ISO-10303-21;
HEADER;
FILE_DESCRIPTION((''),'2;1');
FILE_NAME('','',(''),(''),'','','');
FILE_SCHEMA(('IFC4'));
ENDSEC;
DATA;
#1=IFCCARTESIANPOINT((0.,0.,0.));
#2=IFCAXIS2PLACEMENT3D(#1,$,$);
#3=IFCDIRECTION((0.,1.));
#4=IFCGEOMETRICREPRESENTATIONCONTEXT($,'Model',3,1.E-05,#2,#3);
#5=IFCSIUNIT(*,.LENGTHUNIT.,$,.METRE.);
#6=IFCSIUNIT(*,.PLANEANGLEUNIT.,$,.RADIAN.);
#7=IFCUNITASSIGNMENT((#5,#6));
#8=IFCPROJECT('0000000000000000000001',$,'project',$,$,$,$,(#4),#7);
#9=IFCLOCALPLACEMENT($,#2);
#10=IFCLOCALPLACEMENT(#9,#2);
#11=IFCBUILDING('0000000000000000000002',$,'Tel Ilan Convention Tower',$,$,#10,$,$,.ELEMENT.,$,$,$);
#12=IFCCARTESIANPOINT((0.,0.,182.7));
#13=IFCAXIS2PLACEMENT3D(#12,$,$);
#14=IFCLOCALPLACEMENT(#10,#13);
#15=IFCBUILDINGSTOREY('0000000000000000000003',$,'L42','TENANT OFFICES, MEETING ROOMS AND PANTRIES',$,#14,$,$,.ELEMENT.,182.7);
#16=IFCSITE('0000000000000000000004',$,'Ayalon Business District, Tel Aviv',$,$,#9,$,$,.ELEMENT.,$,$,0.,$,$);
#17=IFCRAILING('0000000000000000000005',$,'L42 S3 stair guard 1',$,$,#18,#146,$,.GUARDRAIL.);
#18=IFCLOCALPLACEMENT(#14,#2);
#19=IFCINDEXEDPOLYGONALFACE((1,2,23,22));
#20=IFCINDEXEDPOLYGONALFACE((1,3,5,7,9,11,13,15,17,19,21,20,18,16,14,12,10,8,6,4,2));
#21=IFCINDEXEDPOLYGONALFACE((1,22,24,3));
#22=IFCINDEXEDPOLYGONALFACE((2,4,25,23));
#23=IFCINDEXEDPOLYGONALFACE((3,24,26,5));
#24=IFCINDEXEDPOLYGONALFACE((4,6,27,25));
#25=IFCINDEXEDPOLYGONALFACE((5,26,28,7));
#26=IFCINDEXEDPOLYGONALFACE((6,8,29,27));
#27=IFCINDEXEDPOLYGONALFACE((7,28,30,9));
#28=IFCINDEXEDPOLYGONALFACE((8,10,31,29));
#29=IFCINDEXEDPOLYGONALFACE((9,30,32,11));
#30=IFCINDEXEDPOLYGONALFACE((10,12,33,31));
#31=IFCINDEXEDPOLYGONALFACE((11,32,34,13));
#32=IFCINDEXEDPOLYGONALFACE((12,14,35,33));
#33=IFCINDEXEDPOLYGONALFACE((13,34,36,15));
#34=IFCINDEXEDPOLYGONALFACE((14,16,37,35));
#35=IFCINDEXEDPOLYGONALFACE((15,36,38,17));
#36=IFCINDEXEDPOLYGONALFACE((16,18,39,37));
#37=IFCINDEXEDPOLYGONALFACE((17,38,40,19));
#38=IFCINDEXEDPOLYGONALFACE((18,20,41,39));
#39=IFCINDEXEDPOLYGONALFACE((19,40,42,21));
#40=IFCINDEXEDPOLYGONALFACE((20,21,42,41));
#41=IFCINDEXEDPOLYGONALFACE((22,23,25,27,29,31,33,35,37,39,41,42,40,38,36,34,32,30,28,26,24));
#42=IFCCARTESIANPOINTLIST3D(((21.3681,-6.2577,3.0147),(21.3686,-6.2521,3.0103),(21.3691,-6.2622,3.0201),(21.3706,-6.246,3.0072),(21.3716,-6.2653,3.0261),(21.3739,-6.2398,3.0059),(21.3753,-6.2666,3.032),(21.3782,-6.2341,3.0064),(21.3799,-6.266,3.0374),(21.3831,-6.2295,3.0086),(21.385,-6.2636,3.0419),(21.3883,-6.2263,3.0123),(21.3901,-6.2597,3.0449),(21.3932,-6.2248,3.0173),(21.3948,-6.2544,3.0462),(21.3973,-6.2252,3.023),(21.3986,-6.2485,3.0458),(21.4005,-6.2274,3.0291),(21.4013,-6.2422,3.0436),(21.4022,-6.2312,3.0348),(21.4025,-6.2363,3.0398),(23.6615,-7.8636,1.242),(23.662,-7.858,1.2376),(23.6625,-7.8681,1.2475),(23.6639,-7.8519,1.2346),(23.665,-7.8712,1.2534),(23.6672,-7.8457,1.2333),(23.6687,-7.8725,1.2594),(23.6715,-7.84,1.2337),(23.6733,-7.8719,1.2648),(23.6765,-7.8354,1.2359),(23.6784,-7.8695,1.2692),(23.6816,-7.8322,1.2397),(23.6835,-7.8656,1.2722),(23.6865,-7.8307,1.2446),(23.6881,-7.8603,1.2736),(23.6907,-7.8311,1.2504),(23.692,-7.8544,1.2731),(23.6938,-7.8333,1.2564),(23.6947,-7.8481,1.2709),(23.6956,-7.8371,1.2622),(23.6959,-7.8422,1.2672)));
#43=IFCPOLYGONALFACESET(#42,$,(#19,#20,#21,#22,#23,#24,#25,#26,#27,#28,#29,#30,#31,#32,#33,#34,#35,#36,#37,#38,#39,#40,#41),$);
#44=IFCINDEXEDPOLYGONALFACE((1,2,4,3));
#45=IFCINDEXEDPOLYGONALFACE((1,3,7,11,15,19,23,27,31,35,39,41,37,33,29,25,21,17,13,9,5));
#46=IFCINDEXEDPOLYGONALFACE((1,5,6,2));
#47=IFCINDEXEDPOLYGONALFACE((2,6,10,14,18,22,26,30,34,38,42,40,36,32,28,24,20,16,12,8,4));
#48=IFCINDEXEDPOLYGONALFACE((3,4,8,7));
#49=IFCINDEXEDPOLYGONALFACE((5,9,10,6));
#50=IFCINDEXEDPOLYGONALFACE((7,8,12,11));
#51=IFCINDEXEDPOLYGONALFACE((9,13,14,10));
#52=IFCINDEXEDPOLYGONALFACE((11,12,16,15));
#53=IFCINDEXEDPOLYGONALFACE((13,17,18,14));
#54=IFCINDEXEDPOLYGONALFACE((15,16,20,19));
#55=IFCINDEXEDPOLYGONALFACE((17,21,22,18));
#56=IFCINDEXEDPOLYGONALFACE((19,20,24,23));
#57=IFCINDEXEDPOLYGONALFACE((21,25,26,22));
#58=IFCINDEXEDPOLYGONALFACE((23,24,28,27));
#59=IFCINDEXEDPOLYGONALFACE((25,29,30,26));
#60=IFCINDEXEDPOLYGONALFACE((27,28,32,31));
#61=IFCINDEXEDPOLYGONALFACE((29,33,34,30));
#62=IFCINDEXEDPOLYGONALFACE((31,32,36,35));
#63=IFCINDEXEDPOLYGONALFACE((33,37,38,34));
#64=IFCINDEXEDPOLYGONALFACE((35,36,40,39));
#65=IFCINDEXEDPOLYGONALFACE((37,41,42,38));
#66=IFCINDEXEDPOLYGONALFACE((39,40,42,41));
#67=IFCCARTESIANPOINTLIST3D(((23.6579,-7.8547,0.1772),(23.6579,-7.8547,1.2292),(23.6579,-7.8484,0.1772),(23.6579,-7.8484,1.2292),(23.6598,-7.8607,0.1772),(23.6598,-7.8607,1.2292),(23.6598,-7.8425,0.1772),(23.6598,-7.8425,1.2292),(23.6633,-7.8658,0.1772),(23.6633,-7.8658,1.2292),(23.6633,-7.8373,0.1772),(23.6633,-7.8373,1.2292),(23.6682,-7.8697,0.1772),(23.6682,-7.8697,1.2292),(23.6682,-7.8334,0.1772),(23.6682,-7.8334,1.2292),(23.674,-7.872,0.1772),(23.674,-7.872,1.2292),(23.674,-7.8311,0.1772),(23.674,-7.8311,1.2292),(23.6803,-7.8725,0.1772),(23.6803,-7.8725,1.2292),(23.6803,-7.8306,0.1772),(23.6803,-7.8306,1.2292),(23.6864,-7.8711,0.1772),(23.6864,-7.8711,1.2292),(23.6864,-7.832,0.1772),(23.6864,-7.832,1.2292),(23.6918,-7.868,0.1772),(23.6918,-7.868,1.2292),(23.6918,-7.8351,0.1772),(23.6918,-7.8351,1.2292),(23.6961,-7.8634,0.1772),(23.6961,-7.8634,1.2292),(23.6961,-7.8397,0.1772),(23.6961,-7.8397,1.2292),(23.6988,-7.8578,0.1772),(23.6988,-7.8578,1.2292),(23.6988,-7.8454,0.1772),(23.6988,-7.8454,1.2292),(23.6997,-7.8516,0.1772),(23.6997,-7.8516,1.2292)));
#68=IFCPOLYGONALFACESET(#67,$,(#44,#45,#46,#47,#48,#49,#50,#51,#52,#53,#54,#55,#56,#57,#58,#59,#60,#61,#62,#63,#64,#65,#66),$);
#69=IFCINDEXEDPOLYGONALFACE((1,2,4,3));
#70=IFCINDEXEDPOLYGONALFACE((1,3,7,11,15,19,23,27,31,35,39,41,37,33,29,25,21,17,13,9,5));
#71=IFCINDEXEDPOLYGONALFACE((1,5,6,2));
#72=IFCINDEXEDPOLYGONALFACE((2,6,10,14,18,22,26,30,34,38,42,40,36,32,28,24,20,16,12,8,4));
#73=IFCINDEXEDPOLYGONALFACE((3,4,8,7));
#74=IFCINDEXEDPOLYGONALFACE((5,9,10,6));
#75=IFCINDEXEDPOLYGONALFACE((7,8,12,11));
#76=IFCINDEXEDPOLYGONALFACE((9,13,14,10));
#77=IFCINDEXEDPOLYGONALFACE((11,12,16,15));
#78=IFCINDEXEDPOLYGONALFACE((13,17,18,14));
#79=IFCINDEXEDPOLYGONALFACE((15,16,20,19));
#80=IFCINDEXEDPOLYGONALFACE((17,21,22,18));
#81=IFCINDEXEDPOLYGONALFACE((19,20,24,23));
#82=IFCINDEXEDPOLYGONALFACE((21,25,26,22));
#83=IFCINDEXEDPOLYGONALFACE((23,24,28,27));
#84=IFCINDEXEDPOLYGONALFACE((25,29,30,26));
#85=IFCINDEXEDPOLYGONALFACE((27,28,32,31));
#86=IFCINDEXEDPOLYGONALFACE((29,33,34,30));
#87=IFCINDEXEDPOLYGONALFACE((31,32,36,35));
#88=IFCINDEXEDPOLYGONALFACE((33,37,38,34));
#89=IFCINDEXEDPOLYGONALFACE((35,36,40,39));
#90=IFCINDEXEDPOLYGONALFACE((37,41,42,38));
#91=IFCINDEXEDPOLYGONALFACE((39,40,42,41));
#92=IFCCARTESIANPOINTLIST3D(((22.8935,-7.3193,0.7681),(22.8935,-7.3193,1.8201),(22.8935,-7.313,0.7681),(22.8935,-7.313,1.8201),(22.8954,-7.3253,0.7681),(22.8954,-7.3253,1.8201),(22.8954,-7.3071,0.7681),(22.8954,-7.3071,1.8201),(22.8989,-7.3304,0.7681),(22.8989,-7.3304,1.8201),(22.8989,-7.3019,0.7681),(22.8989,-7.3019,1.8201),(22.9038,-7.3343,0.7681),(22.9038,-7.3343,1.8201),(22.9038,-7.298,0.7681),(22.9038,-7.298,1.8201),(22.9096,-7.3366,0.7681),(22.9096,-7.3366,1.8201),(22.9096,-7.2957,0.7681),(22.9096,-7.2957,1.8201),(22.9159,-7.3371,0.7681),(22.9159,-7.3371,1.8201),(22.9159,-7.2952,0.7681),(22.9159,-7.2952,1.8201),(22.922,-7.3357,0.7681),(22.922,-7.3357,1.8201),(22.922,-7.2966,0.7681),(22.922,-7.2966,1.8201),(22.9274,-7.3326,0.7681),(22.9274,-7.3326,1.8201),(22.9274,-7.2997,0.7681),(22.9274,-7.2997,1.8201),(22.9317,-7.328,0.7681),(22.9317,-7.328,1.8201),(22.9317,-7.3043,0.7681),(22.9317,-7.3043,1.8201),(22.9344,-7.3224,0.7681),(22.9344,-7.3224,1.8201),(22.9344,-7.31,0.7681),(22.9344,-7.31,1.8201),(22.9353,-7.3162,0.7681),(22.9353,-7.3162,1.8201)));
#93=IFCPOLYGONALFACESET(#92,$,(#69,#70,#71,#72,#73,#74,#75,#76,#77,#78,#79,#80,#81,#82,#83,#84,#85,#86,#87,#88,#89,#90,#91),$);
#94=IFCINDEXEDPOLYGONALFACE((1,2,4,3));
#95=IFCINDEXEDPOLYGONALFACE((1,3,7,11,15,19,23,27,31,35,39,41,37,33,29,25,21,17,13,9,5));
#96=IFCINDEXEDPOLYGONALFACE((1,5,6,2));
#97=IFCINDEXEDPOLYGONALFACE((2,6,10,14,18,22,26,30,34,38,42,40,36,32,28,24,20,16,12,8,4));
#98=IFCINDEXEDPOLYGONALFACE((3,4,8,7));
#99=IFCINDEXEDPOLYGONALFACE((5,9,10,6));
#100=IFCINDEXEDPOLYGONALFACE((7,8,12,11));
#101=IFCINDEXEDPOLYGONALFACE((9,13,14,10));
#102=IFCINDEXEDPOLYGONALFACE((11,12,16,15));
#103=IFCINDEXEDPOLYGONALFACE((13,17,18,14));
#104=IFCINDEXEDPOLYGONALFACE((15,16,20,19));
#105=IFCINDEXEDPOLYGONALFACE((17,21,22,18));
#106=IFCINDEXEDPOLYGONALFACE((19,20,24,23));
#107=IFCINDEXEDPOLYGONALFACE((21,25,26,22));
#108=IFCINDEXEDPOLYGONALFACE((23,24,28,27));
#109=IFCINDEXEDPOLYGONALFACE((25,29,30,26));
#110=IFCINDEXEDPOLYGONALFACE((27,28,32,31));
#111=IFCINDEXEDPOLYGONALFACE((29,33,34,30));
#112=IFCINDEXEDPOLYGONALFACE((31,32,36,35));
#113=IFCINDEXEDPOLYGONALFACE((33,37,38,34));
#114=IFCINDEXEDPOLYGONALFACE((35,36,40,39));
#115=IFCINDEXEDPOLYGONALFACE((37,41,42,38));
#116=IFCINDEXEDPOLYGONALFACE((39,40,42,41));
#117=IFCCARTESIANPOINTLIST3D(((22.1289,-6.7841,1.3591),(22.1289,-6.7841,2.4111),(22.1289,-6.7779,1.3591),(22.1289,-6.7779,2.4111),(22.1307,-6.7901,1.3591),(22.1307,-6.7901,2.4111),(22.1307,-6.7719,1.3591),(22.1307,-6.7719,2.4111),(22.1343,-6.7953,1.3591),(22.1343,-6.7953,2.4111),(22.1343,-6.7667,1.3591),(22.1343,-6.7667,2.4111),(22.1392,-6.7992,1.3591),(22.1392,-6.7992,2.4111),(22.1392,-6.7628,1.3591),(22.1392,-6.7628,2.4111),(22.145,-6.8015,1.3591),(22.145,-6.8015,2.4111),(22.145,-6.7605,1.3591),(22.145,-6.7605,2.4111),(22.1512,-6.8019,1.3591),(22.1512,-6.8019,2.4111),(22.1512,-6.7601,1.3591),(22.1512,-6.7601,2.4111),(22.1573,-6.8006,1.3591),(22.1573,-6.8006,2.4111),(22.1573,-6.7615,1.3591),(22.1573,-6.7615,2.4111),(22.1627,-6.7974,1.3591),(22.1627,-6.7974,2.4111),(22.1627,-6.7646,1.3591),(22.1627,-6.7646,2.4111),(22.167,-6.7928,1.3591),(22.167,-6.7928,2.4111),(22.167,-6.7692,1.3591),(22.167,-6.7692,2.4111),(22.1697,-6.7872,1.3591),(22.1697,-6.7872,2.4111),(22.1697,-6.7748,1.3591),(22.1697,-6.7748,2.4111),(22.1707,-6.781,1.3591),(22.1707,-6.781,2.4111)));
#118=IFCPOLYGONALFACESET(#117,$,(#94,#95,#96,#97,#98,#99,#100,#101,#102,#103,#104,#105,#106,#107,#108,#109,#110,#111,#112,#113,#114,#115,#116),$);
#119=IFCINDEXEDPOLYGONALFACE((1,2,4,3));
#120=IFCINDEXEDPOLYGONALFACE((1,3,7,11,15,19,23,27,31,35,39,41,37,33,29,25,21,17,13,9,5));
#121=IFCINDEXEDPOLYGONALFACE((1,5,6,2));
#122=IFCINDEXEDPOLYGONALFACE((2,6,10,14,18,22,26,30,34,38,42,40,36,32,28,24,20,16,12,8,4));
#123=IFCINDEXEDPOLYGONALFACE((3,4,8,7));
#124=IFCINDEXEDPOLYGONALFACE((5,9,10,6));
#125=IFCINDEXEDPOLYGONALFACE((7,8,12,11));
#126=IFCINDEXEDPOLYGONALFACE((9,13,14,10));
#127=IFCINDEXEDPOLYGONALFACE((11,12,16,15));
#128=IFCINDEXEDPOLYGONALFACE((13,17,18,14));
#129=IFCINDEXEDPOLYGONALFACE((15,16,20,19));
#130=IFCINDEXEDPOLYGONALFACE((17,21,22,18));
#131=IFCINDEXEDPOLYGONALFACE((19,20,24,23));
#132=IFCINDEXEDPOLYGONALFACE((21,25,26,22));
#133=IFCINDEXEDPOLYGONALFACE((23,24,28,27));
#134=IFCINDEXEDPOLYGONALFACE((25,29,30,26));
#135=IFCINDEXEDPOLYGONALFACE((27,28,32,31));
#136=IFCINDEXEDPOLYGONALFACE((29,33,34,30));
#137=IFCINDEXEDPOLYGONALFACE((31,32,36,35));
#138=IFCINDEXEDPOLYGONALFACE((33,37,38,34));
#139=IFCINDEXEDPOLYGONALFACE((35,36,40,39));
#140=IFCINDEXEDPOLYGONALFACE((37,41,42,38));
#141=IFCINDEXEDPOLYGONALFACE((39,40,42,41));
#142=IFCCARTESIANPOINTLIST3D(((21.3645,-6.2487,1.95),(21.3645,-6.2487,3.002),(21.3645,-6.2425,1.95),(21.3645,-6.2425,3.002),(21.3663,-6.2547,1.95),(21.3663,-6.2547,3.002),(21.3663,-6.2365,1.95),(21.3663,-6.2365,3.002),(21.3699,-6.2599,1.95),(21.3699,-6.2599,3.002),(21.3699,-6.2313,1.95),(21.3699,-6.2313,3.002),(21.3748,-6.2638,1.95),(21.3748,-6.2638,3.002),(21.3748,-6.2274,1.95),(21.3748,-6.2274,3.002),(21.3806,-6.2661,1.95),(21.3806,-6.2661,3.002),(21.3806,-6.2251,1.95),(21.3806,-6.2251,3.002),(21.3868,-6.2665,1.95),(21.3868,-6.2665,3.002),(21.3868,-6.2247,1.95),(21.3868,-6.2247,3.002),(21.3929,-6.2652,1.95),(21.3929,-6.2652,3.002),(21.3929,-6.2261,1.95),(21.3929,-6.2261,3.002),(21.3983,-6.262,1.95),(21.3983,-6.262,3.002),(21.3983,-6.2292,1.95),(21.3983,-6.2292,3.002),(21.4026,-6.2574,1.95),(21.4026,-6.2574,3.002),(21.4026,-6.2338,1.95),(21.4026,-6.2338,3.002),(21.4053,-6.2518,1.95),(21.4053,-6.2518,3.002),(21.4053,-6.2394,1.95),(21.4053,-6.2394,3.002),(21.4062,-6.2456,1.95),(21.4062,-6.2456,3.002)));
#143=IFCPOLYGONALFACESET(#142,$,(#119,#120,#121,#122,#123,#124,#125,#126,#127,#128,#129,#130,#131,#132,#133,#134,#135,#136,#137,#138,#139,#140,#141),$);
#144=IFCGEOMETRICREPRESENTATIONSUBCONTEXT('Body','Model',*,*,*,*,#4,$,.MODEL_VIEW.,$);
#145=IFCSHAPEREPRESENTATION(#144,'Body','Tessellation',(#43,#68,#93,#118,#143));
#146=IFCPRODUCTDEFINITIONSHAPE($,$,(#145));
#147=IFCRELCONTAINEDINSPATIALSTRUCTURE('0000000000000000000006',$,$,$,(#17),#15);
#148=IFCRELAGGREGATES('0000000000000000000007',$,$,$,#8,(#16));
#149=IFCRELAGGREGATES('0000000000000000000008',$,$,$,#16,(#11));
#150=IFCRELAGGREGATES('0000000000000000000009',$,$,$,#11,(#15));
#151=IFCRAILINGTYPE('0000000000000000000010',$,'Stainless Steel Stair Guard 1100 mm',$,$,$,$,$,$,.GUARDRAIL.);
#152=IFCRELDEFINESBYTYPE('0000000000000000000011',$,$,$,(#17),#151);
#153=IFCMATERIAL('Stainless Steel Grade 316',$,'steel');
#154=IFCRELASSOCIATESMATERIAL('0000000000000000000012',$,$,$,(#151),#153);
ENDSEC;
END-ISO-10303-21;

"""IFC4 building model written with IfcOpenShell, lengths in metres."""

from ifc_helpers import new_model, si_unit, direction, frame, origin, origin_2d, place, context, subcontext, project, spatial, circle, extrude, material, type_object, element, save


model = new_model("IFC4")

# Units and contexts
model_context = context("Model", 3, precision=1e-05, world=origin(), true_north=direction((0.0, 1.0)))
body_context = subcontext(model_context, "Body", "Model", "MODEL_VIEW")
ifc_project = project(units=[si_unit("LENGTHUNIT", "METRE"), si_unit("PLANEANGLEUNIT", "RADIAN")], contexts=[model_context])

# Site, building, storey
site_placement = place(None, origin())
site = spatial("IfcSite", under=ifc_project, at=site_placement, Name="Ayalon Business District, Tel Aviv", CompositionType="ELEMENT", RefElevation=0.0)
building_placement = place(site_placement, origin())
building = spatial("IfcBuilding", under=site, at=building_placement, Name="Tel Ilan Convention Tower", CompositionType="ELEMENT")
storey_placement = place(building_placement, frame((0.0, 0.0, 182.7)))
storey = spatial("IfcBuildingStorey", under=building, at=storey_placement, Name="L42", Description="TENANT OFFICES, MEETING ROOMS AND PANTRIES", CompositionType="ELEMENT", Elevation=182.7)

# Railing
ifc_material_1 = material(Name="Stainless Steel Grade 316", Category="steel")
railing_type_1 = type_object("IfcRailingType", Name="Stainless Steel Stair Guard 1100 mm", PredefinedType="GUARDRAIL", material=ifc_material_1)
railing_1_placement = place(storey_placement, frame((23.6787, -7.8516, 0.1772)))
element("IfcRailing", 1, at=railing_1_placement, inside=storey, type_object=railing_type_1, Name="L42 S3 stair guard 1", PredefinedType="GUARDRAIL", context=body_context, shape_type="SweptSolid", body=[
    extrude(circle(Radius=0.0239, at=origin_2d()), frame((0.0, 0.0, 1.0762), z_axis=(-0.692085, 0.484621, 0.53494), x_axis=(-0.573591, -0.819142, 0.0)), (0.0, 0.0, 1.0), 3.3137),
    extrude(circle(Radius=0.021, at=origin_2d()), origin(), (0.0, 0.0, 1.0), 1.052),
    extrude(circle(Radius=0.021, at=origin_2d()), frame((-0.7644, 0.5354, 0.5908)), (0.0, 0.0, 1.0), 1.052),
    extrude(circle(Radius=0.021, at=origin_2d()), frame((-1.5291, 1.0706, 1.1819)), (0.0, 0.0, 1.0), 1.052),
    extrude(circle(Radius=0.021, at=origin_2d()), frame((-2.2935, 1.606, 1.7727)), (0.0, 0.0, 1.0), 1.052),
])

save(model, "model.ifc")
